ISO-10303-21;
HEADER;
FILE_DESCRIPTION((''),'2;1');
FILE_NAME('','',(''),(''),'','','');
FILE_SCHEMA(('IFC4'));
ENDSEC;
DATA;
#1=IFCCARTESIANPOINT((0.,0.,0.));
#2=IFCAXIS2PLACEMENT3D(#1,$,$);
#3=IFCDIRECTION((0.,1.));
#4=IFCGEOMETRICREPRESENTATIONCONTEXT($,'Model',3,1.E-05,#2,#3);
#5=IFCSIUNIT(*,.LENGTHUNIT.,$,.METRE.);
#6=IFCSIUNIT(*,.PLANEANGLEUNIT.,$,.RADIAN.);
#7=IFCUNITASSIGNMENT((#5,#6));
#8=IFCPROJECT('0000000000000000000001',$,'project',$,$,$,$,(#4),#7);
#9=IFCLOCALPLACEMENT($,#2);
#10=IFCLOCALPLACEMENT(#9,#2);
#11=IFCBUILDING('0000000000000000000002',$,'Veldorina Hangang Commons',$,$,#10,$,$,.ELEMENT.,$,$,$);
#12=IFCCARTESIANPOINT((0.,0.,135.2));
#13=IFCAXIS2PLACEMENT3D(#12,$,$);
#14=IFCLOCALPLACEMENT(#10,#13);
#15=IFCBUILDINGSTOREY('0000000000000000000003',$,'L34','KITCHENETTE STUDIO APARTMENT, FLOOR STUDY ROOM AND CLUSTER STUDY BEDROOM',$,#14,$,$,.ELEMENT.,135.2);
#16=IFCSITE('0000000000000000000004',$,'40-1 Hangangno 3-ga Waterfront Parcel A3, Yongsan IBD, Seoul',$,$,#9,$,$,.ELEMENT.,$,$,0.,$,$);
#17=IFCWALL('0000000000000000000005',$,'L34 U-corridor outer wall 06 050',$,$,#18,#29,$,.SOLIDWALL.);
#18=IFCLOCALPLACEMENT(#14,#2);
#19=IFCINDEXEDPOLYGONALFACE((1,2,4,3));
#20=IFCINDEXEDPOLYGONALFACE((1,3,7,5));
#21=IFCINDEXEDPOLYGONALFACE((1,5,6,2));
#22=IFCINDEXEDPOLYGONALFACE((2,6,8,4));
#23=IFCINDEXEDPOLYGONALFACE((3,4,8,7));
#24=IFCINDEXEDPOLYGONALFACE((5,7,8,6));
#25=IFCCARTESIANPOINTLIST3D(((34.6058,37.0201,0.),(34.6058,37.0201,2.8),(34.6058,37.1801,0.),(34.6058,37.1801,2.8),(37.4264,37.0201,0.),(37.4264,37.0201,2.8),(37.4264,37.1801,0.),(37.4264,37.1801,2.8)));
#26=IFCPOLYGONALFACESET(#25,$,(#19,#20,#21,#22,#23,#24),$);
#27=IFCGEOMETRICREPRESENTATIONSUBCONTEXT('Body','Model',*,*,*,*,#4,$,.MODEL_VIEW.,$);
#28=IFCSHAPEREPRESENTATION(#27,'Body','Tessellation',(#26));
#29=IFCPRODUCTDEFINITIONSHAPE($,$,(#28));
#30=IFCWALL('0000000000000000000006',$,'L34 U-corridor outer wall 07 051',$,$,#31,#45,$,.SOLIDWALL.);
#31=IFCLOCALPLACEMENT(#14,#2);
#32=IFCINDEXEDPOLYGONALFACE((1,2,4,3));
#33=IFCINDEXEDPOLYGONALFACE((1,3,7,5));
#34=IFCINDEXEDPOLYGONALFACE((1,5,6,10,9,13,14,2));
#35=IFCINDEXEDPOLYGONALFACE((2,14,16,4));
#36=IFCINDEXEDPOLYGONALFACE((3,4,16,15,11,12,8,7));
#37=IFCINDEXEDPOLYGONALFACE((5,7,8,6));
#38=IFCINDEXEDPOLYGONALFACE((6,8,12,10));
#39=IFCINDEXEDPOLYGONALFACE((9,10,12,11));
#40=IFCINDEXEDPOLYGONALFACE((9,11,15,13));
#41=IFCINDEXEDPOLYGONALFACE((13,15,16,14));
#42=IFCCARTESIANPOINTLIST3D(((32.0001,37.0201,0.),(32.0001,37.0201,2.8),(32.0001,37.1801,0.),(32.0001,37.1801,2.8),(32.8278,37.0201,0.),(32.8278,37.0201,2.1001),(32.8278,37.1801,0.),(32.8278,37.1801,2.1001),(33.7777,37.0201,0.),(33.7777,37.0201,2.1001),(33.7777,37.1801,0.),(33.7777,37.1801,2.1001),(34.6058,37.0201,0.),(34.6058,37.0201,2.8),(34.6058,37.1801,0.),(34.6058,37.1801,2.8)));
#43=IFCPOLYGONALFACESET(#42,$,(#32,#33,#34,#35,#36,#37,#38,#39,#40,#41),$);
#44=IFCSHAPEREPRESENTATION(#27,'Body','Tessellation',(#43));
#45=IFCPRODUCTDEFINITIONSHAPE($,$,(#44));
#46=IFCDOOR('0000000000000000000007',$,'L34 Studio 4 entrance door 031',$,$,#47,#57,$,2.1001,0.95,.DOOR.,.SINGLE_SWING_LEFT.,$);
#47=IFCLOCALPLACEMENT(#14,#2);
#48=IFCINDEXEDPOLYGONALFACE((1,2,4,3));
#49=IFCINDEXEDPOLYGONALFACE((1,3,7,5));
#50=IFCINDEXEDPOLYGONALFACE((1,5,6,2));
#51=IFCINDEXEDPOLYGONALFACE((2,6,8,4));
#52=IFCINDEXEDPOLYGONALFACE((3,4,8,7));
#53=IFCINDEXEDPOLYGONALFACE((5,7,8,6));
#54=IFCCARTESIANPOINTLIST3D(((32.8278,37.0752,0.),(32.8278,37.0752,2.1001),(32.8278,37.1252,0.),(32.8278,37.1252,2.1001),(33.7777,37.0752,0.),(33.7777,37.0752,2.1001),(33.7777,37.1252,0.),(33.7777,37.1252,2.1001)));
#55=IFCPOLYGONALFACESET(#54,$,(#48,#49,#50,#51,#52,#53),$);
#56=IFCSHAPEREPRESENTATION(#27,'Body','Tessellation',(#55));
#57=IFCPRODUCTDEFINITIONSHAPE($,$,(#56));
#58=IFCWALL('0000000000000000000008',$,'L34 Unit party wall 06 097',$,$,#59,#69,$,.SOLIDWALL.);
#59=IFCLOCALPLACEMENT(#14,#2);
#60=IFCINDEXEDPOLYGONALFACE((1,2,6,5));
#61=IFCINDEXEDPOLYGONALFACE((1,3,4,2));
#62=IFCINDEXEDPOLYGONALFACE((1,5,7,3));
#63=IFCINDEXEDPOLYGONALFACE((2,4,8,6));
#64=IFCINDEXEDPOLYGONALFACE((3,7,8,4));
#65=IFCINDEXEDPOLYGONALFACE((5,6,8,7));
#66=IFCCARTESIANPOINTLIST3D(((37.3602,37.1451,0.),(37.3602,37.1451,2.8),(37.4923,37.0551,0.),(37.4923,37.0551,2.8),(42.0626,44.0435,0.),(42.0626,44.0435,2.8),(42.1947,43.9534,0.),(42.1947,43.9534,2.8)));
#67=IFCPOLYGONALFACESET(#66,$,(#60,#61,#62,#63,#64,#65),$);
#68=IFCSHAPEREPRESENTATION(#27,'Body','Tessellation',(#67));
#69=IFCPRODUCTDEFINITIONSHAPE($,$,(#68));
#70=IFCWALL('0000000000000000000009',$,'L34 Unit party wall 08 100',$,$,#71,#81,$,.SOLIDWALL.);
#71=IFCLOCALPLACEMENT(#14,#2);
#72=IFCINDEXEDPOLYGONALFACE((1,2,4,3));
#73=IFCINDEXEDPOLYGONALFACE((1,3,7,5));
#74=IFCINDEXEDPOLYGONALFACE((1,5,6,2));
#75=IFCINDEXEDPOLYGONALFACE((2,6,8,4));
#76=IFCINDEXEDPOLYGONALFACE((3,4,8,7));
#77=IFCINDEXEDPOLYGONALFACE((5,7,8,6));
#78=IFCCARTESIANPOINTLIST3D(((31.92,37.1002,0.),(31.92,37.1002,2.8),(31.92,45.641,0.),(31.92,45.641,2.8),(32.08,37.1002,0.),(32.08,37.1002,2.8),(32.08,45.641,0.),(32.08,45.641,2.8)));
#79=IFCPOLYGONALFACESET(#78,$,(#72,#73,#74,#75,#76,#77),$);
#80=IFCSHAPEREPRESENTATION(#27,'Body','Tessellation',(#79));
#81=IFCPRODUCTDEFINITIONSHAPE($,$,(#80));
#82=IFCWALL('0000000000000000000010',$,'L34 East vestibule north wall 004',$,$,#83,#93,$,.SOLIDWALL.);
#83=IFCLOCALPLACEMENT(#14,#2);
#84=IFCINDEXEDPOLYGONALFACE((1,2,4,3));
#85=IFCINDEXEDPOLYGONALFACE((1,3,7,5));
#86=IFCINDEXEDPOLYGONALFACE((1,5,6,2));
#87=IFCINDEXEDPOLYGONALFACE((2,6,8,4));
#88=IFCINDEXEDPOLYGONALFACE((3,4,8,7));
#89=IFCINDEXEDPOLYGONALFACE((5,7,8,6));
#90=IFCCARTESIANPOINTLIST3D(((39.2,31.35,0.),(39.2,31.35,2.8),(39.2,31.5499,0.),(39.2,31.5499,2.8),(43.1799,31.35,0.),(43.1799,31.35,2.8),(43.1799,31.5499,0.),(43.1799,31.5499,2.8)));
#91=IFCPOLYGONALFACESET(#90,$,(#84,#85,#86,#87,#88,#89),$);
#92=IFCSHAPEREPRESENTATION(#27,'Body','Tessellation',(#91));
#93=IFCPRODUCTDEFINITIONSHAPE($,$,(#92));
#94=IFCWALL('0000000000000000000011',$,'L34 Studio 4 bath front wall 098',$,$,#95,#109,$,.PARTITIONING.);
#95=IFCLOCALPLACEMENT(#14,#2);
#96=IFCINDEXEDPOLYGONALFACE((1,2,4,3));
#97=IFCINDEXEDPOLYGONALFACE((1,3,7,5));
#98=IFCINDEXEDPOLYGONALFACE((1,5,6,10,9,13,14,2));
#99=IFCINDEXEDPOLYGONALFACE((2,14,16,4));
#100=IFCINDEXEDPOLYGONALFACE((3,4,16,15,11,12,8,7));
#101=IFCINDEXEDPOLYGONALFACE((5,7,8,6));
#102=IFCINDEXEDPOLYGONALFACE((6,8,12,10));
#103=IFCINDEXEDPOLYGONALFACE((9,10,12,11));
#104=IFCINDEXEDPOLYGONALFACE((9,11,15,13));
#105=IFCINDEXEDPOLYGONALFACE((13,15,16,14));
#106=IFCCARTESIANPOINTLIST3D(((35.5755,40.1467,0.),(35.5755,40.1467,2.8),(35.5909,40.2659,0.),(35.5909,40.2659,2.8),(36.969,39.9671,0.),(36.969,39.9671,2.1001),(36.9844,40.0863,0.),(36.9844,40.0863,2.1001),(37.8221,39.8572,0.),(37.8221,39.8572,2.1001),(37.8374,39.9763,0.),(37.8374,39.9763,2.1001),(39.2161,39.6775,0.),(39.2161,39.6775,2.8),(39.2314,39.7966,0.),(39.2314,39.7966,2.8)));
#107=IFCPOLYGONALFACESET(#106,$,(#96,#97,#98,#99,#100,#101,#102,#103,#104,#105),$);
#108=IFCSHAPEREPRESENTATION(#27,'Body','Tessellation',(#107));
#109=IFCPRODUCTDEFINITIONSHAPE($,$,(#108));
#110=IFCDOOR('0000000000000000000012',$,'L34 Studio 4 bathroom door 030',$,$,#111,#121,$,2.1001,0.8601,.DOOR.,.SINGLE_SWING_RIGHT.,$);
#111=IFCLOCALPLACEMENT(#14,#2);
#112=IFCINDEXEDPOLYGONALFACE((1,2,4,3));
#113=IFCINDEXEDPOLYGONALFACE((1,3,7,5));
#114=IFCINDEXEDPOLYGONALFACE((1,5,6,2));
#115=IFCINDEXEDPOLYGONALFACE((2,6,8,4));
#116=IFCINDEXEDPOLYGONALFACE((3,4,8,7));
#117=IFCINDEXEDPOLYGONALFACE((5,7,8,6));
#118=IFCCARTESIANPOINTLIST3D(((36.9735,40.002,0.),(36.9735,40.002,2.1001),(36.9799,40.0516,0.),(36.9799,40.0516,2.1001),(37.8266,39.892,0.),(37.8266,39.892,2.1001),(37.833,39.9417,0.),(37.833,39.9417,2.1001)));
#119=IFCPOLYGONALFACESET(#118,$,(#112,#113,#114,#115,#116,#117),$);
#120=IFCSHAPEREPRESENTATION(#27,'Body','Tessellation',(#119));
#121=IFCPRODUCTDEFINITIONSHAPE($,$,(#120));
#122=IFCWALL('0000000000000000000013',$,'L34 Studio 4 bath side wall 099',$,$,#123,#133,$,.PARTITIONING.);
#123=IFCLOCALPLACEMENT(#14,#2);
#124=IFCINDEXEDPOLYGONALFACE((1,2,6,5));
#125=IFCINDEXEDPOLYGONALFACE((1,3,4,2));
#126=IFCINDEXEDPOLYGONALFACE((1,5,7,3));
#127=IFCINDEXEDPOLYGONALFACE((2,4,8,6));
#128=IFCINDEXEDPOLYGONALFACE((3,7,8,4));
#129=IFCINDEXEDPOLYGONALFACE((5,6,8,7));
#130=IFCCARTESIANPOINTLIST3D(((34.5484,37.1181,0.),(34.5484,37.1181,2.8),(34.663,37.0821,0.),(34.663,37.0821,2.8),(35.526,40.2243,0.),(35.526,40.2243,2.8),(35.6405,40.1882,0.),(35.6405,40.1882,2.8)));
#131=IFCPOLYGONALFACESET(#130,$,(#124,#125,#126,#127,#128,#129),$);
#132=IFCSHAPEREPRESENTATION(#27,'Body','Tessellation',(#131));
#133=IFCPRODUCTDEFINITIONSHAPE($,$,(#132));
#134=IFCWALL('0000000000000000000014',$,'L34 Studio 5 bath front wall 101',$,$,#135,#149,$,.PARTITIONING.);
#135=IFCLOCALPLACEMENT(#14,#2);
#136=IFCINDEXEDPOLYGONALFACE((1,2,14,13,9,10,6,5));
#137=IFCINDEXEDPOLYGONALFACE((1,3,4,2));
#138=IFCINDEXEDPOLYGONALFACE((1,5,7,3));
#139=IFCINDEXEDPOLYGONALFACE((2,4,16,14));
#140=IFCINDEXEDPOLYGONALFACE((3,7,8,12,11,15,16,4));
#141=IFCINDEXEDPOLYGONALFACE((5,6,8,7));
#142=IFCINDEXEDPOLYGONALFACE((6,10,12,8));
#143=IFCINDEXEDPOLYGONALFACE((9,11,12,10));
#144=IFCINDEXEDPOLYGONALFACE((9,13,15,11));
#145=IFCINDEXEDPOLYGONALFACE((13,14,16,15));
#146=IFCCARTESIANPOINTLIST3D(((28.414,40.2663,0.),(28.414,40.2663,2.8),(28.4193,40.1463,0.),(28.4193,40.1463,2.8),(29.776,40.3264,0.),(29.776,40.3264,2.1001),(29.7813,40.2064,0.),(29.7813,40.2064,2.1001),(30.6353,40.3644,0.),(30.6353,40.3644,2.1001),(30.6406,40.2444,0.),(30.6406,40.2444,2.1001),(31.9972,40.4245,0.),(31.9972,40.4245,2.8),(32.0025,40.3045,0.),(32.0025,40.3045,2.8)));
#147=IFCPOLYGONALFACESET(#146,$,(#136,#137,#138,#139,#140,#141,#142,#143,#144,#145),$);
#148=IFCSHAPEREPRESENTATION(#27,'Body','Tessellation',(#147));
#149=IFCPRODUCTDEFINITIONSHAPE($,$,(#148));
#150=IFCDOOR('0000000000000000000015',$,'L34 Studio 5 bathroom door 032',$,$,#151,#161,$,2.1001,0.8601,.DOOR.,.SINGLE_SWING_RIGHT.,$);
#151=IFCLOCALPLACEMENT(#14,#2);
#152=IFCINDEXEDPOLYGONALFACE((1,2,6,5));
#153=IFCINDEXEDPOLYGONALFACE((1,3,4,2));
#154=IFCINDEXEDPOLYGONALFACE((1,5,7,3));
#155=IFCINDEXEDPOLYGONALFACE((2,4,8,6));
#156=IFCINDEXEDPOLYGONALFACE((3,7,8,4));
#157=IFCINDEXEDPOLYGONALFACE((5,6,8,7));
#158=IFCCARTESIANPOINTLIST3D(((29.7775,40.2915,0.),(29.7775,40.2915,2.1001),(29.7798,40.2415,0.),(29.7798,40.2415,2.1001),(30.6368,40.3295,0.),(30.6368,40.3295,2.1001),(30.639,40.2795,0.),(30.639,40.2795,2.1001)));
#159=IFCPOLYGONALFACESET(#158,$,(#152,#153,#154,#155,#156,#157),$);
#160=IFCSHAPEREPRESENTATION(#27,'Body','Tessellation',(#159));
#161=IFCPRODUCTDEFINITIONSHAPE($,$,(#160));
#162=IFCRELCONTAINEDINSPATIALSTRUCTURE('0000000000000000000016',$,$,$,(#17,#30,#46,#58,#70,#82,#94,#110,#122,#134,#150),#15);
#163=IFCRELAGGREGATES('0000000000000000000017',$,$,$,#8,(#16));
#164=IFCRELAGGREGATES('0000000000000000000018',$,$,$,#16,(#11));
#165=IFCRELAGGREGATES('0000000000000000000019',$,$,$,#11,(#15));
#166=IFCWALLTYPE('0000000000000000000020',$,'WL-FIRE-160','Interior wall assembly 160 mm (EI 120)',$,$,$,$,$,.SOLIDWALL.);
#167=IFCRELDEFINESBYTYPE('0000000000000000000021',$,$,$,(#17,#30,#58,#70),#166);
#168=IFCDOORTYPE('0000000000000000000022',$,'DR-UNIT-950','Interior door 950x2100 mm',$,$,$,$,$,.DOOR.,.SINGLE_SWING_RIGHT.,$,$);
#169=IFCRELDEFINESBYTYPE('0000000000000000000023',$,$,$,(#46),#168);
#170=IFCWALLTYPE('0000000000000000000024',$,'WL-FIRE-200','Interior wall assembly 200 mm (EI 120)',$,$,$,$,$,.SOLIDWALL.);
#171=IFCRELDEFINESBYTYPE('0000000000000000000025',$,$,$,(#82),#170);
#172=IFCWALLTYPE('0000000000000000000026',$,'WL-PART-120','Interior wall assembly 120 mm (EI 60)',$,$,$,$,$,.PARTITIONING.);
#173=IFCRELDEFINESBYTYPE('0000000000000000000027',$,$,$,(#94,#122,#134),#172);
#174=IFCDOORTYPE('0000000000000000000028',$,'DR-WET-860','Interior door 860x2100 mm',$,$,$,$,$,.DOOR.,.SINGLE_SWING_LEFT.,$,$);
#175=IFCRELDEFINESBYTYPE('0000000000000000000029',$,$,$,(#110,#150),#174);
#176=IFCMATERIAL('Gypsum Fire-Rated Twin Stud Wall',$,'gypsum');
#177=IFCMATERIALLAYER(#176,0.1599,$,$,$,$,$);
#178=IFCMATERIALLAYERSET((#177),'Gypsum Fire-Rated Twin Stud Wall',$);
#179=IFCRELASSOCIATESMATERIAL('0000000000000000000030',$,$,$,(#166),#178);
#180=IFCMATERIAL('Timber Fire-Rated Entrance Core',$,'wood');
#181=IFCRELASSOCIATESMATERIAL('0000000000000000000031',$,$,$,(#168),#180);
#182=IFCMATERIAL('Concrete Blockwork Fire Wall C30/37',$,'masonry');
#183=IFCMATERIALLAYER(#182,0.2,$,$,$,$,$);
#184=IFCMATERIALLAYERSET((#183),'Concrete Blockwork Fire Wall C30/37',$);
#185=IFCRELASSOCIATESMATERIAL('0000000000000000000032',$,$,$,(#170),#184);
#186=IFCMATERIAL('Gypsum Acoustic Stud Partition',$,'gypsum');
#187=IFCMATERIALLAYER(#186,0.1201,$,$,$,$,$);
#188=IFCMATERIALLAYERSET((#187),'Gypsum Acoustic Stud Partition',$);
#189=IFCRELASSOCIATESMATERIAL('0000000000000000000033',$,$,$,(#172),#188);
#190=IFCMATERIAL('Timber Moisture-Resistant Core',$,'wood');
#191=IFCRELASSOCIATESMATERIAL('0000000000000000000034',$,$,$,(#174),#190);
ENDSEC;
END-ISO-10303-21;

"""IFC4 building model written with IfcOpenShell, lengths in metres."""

from ifc_helpers import new_model, si_unit, direction, frame, frame_2d, origin, place, context, subcontext, project, spatial, rectangle, extrude, material, layer, layer_set, type_object, element, fill, save


model = new_model("IFC4")

# Units and contexts
model_context = context("Model", 3, precision=1e-05, world=origin(), true_north=direction((0.0, 1.0)))
body_context = subcontext(model_context, "Body", "Model", "MODEL_VIEW")
ifc_project = project(units=[si_unit("LENGTHUNIT", "METRE"), si_unit("PLANEANGLEUNIT", "RADIAN")], contexts=[model_context])

# Site, building, storey
site_placement = place(None, origin())
site = spatial("IfcSite", under=ifc_project, at=site_placement, Name="40-1 Hangangno 3-ga Waterfront Parcel A3, Yongsan IBD, Seoul", CompositionType="ELEMENT", RefElevation=0.0)
building_placement = place(site_placement, origin())
building = spatial("IfcBuilding", under=site, at=building_placement, Name="Veldorina Hangang Commons", CompositionType="ELEMENT")
storey_placement = place(building_placement, frame((0.0, 0.0, 135.2)))
storey = spatial("IfcBuildingStorey", under=building, at=storey_placement, Name="L34", Description="KITCHENETTE STUDIO APARTMENT, FLOOR STUDY ROOM AND CLUSTER STUDY BEDROOM", CompositionType="ELEMENT", Elevation=135.2)

# Shared definitions
ifc_material_1 = material(Name="Gypsum Fire-Rated Twin Stud Wall", Category="gypsum")
ifc_layer_1 = layer(ifc_material_1, 0.1599)
ifc_layer_set_1 = layer_set([ifc_layer_1], Name="Gypsum Fire-Rated Twin Stud Wall")
wall_type_1 = type_object("IfcWallType", Name="WL-FIRE-160", Description="Interior wall assembly 160 mm (EI 120)", PredefinedType="SOLIDWALL", material=ifc_layer_set_1)
ifc_material_2 = material(Name="Timber Fire-Rated Entrance Core", Category="wood")

# Wall
wall_1_placement = place(storey_placement, frame((37.4263, 37.1001, 0.0), z_axis=(0.0, 0.0, 1.0), x_axis=(-1.0, 0.0, 0.0)))
element("IfcWall", 1, at=wall_1_placement, inside=storey, type_object=wall_type_1, Name="L34 U-corridor outer wall 06 050", PredefinedType="SOLIDWALL", context=body_context, shape_type="SweptSolid", body=[
    extrude(rectangle(XDim=2.8206, YDim=0.1599, at=frame_2d((1.4102, 0.0))), origin(), (0.0, 0.0, 1.0), 2.8),
])

# Wall, opening, door
wall_2_placement = place(storey_placement, frame((34.6057, 37.1001, 0.0), z_axis=(0.0, 0.0, 1.0), x_axis=(-1.0, 0.0, 0.0)))
wall_2 = element("IfcWall", 2, at=wall_2_placement, inside=storey, type_object=wall_type_1, Name="L34 U-corridor outer wall 07 051", PredefinedType="SOLIDWALL", context=body_context, shape_type="SweptSolid", body=[
    extrude(rectangle(XDim=2.6057, YDim=0.1599, at=frame_2d((1.3027, 0.0))), origin(), (0.0, 0.0, 1.0), 2.8),
])
opening_1_placement = place(wall_2_placement, frame((0.8279, 0.0, 0.0)))
opening_1 = element("IfcOpeningElement", 3, at=opening_1_placement, cuts=wall_2, PredefinedType="OPENING", context=body_context, shape_type="SweptSolid", body=[
    extrude(rectangle(XDim=0.95, YDim=2.1001, at=frame_2d((0.4751, 1.05))), frame((0.0, 0.0898, 0.0), z_axis=(0.0, -1.0, 0.0), x_axis=(1.0, 0.0, 0.0)), (0.0, 0.0, 1.0), 0.1799),
])
door_type_1 = type_object("IfcDoorType", Name="DR-UNIT-950", Description="Interior door 950x2100 mm", OperationType="SINGLE_SWING_RIGHT", PredefinedType="DOOR", material=ifc_material_2)
door_1_placement = place(opening_1_placement, origin())
door_1 = element("IfcDoor", 4, at=door_1_placement, inside=storey, type_object=door_type_1, Name="L34 Studio 4 entrance door 031", OperationType="SINGLE_SWING_LEFT", OverallHeight=2.1001, OverallWidth=0.95, PredefinedType="DOOR", context=body_context, shape_type="SweptSolid", body=[
    extrude(rectangle(XDim=0.95, YDim=2.1001, at=frame_2d((0.4751, 1.05))), frame((0.0, 0.0249, 0.0), z_axis=(0.0, -1.0, 0.0), x_axis=(1.0, 0.0, 0.0)), (0.0, 0.0, 1.0), 0.05),
])
fill(opening_1, door_1)

# Walls
wall_3_placement = place(storey_placement, frame((37.4263, 37.1001, 0.0), z_axis=(0.0, 0.0, 1.0), x_axis=(0.563248, 0.826288, 0.0)))
element("IfcWall", 5, at=wall_3_placement, inside=storey, type_object=wall_type_1, Name="L34 Unit party wall 06 097", PredefinedType="SOLIDWALL", context=body_context, shape_type="SweptSolid", body=[
    extrude(rectangle(XDim=8.3486, YDim=0.1599, at=frame_2d((4.1743, 0.0))), origin(), (0.0, 0.0, 1.0), 2.8),
])
wall_4_placement = place(storey_placement, frame((32.0, 37.1001, 0.0), z_axis=(0.0, 0.0, 1.0), x_axis=(0.0, 1.0, 0.0)))
element("IfcWall", 6, at=wall_4_placement, inside=storey, type_object=wall_type_1, Name="L34 Unit party wall 08 100", PredefinedType="SOLIDWALL", context=body_context, shape_type="SweptSolid", body=[
    extrude(rectangle(XDim=8.5408, YDim=0.1599, at=frame_2d((4.2705, 0.0))), origin(), (0.0, 0.0, 1.0), 2.8),
])
ifc_material_3 = material(Name="Concrete Blockwork Fire Wall C30/37", Category="masonry")
ifc_layer_2 = layer(ifc_material_3, 0.2)
ifc_layer_set_2 = layer_set([ifc_layer_2], Name="Concrete Blockwork Fire Wall C30/37")
wall_type_2 = type_object("IfcWallType", Name="WL-FIRE-200", Description="Interior wall assembly 200 mm (EI 120)", PredefinedType="SOLIDWALL", material=ifc_layer_set_2)
wall_5_placement = place(storey_placement, frame((39.2, 31.45, 0.0), z_axis=(0.0, 0.0, 1.0), x_axis=(1.0, 0.0, 0.0)))
element("IfcWall", 7, at=wall_5_placement, inside=storey, type_object=wall_type_2, Name="L34 East vestibule north wall 004", PredefinedType="SOLIDWALL", context=body_context, shape_type="SweptSolid", body=[
    extrude(rectangle(XDim=3.98, YDim=0.2, at=frame_2d((1.99, 0.0))), origin(), (0.0, 0.0, 1.0), 2.8),
])

# Wall, opening, door
ifc_material_4 = material(Name="Gypsum Acoustic Stud Partition", Category="gypsum")
ifc_layer_3 = layer(ifc_material_4, 0.1201)
ifc_layer_set_3 = layer_set([ifc_layer_3], Name="Gypsum Acoustic Stud Partition")
wall_type_3 = type_object("IfcWallType", Name="WL-PART-120", Description="Interior wall assembly 120 mm (EI 60)", PredefinedType="PARTITIONING", material=ifc_layer_set_3)
wall_6_placement = place(storey_placement, frame((39.2239, 39.7371, 0.0), z_axis=(0.0, 0.0, 1.0), x_axis=(-0.991796, 0.127832, 0.0)))
wall_6 = element("IfcWall", 8, at=wall_6_placement, inside=storey, type_object=wall_type_3, Name="L34 Studio 4 bath front wall 098", PredefinedType="PARTITIONING", context=body_context, shape_type="SweptSolid", body=[
    extrude(rectangle(XDim=3.6707, YDim=0.1201, at=frame_2d((1.8354, 0.0))), origin(), (0.0, 0.0, 1.0), 2.8),
])
opening_2_placement = place(wall_6_placement, frame((1.4055, 0.0, 0.0)))
opening_2 = element("IfcOpeningElement", 9, at=opening_2_placement, cuts=wall_6, PredefinedType="OPENING", context=body_context, shape_type="SweptSolid", body=[
    extrude(rectangle(XDim=0.8601, YDim=2.1001, at=frame_2d((0.4302, 1.05))), frame((0.0, 0.0701, 0.0), z_axis=(0.0, -1.0, 0.0), x_axis=(1.0, 0.0, 0.0)), (0.0, 0.0, 1.0), 0.1401),
])
ifc_material_5 = material(Name="Timber Moisture-Resistant Core", Category="wood")
door_type_2 = type_object("IfcDoorType", Name="DR-WET-860", Description="Interior door 860x2100 mm", OperationType="SINGLE_SWING_LEFT", PredefinedType="DOOR", material=ifc_material_5)
door_2_placement = place(opening_2_placement, origin())
door_2 = element("IfcDoor", 10, at=door_2_placement, inside=storey, type_object=door_type_2, Name="L34 Studio 4 bathroom door 030", OperationType="SINGLE_SWING_RIGHT", OverallHeight=2.1001, OverallWidth=0.8601, PredefinedType="DOOR", context=body_context, shape_type="SweptSolid", body=[
    extrude(rectangle(XDim=0.8601, YDim=2.1001, at=frame_2d((0.4302, 1.05))), frame((0.0, 0.0249, 0.0), z_axis=(0.0, -1.0, 0.0), x_axis=(1.0, 0.0, 0.0)), (0.0, 0.0, 1.0), 0.05),
])
fill(opening_2, door_2)

# Wall
wall_7_placement = place(storey_placement, frame((34.6057, 37.1001, 0.0), z_axis=(0.0, 0.0, 1.0), x_axis=(0.300191, 0.953879, 0.0)))
element("IfcWall", 11, at=wall_7_placement, inside=storey, type_object=wall_type_3, Name="L34 Studio 4 bath side wall 099", PredefinedType="PARTITIONING", context=body_context, shape_type="SweptSolid", body=[
    extrude(rectangle(XDim=3.2563, YDim=0.1201, at=frame_2d((1.6282, 0.0))), origin(), (0.0, 0.0, 1.0), 2.8),
])

# Wall, opening, door
wall_8_placement = place(storey_placement, frame((32.0, 40.3645, 0.0), z_axis=(0.0, 0.0, 1.0), x_axis=(-0.999027, -0.044108, 0.0)))
wall_8 = element("IfcWall", 12, at=wall_8_placement, inside=storey, type_object=wall_type_3, Name="L34 Studio 5 bath front wall 101", PredefinedType="PARTITIONING", context=body_context, shape_type="SweptSolid", body=[
    extrude(rectangle(XDim=3.5867, YDim=0.1201, at=frame_2d((1.7935, 0.0))), origin(), (0.0, 0.0, 1.0), 2.8),
])
opening_3_placement = place(wall_8_placement, frame((1.3633, 0.0, 0.0)))
opening_3 = element("IfcOpeningElement", 13, at=opening_3_placement, cuts=wall_8, PredefinedType="OPENING", context=body_context, shape_type="SweptSolid", body=[
    extrude(rectangle(XDim=0.8601, YDim=2.1001, at=frame_2d((0.4302, 1.05))), frame((0.0, 0.0701, 0.0), z_axis=(0.0, -1.0, 0.0), x_axis=(1.0, 0.0, 0.0)), (0.0, 0.0, 1.0), 0.1401),
])
door_3_placement = place(opening_3_placement, origin())
door_3 = element("IfcDoor", 14, at=door_3_placement, inside=storey, type_object=door_type_2, Name="L34 Studio 5 bathroom door 032", OperationType="SINGLE_SWING_RIGHT", OverallHeight=2.1001, OverallWidth=0.8601, PredefinedType="DOOR", context=body_context, shape_type="SweptSolid", body=[
    extrude(rectangle(XDim=0.8601, YDim=2.1001, at=frame_2d((0.4302, 1.05))), frame((0.0, 0.0249, 0.0), z_axis=(0.0, -1.0, 0.0), x_axis=(1.0, 0.0, 0.0)), (0.0, 0.0, 1.0), 0.05),
])
fill(opening_3, door_3)

save(model, "model.ifc")
